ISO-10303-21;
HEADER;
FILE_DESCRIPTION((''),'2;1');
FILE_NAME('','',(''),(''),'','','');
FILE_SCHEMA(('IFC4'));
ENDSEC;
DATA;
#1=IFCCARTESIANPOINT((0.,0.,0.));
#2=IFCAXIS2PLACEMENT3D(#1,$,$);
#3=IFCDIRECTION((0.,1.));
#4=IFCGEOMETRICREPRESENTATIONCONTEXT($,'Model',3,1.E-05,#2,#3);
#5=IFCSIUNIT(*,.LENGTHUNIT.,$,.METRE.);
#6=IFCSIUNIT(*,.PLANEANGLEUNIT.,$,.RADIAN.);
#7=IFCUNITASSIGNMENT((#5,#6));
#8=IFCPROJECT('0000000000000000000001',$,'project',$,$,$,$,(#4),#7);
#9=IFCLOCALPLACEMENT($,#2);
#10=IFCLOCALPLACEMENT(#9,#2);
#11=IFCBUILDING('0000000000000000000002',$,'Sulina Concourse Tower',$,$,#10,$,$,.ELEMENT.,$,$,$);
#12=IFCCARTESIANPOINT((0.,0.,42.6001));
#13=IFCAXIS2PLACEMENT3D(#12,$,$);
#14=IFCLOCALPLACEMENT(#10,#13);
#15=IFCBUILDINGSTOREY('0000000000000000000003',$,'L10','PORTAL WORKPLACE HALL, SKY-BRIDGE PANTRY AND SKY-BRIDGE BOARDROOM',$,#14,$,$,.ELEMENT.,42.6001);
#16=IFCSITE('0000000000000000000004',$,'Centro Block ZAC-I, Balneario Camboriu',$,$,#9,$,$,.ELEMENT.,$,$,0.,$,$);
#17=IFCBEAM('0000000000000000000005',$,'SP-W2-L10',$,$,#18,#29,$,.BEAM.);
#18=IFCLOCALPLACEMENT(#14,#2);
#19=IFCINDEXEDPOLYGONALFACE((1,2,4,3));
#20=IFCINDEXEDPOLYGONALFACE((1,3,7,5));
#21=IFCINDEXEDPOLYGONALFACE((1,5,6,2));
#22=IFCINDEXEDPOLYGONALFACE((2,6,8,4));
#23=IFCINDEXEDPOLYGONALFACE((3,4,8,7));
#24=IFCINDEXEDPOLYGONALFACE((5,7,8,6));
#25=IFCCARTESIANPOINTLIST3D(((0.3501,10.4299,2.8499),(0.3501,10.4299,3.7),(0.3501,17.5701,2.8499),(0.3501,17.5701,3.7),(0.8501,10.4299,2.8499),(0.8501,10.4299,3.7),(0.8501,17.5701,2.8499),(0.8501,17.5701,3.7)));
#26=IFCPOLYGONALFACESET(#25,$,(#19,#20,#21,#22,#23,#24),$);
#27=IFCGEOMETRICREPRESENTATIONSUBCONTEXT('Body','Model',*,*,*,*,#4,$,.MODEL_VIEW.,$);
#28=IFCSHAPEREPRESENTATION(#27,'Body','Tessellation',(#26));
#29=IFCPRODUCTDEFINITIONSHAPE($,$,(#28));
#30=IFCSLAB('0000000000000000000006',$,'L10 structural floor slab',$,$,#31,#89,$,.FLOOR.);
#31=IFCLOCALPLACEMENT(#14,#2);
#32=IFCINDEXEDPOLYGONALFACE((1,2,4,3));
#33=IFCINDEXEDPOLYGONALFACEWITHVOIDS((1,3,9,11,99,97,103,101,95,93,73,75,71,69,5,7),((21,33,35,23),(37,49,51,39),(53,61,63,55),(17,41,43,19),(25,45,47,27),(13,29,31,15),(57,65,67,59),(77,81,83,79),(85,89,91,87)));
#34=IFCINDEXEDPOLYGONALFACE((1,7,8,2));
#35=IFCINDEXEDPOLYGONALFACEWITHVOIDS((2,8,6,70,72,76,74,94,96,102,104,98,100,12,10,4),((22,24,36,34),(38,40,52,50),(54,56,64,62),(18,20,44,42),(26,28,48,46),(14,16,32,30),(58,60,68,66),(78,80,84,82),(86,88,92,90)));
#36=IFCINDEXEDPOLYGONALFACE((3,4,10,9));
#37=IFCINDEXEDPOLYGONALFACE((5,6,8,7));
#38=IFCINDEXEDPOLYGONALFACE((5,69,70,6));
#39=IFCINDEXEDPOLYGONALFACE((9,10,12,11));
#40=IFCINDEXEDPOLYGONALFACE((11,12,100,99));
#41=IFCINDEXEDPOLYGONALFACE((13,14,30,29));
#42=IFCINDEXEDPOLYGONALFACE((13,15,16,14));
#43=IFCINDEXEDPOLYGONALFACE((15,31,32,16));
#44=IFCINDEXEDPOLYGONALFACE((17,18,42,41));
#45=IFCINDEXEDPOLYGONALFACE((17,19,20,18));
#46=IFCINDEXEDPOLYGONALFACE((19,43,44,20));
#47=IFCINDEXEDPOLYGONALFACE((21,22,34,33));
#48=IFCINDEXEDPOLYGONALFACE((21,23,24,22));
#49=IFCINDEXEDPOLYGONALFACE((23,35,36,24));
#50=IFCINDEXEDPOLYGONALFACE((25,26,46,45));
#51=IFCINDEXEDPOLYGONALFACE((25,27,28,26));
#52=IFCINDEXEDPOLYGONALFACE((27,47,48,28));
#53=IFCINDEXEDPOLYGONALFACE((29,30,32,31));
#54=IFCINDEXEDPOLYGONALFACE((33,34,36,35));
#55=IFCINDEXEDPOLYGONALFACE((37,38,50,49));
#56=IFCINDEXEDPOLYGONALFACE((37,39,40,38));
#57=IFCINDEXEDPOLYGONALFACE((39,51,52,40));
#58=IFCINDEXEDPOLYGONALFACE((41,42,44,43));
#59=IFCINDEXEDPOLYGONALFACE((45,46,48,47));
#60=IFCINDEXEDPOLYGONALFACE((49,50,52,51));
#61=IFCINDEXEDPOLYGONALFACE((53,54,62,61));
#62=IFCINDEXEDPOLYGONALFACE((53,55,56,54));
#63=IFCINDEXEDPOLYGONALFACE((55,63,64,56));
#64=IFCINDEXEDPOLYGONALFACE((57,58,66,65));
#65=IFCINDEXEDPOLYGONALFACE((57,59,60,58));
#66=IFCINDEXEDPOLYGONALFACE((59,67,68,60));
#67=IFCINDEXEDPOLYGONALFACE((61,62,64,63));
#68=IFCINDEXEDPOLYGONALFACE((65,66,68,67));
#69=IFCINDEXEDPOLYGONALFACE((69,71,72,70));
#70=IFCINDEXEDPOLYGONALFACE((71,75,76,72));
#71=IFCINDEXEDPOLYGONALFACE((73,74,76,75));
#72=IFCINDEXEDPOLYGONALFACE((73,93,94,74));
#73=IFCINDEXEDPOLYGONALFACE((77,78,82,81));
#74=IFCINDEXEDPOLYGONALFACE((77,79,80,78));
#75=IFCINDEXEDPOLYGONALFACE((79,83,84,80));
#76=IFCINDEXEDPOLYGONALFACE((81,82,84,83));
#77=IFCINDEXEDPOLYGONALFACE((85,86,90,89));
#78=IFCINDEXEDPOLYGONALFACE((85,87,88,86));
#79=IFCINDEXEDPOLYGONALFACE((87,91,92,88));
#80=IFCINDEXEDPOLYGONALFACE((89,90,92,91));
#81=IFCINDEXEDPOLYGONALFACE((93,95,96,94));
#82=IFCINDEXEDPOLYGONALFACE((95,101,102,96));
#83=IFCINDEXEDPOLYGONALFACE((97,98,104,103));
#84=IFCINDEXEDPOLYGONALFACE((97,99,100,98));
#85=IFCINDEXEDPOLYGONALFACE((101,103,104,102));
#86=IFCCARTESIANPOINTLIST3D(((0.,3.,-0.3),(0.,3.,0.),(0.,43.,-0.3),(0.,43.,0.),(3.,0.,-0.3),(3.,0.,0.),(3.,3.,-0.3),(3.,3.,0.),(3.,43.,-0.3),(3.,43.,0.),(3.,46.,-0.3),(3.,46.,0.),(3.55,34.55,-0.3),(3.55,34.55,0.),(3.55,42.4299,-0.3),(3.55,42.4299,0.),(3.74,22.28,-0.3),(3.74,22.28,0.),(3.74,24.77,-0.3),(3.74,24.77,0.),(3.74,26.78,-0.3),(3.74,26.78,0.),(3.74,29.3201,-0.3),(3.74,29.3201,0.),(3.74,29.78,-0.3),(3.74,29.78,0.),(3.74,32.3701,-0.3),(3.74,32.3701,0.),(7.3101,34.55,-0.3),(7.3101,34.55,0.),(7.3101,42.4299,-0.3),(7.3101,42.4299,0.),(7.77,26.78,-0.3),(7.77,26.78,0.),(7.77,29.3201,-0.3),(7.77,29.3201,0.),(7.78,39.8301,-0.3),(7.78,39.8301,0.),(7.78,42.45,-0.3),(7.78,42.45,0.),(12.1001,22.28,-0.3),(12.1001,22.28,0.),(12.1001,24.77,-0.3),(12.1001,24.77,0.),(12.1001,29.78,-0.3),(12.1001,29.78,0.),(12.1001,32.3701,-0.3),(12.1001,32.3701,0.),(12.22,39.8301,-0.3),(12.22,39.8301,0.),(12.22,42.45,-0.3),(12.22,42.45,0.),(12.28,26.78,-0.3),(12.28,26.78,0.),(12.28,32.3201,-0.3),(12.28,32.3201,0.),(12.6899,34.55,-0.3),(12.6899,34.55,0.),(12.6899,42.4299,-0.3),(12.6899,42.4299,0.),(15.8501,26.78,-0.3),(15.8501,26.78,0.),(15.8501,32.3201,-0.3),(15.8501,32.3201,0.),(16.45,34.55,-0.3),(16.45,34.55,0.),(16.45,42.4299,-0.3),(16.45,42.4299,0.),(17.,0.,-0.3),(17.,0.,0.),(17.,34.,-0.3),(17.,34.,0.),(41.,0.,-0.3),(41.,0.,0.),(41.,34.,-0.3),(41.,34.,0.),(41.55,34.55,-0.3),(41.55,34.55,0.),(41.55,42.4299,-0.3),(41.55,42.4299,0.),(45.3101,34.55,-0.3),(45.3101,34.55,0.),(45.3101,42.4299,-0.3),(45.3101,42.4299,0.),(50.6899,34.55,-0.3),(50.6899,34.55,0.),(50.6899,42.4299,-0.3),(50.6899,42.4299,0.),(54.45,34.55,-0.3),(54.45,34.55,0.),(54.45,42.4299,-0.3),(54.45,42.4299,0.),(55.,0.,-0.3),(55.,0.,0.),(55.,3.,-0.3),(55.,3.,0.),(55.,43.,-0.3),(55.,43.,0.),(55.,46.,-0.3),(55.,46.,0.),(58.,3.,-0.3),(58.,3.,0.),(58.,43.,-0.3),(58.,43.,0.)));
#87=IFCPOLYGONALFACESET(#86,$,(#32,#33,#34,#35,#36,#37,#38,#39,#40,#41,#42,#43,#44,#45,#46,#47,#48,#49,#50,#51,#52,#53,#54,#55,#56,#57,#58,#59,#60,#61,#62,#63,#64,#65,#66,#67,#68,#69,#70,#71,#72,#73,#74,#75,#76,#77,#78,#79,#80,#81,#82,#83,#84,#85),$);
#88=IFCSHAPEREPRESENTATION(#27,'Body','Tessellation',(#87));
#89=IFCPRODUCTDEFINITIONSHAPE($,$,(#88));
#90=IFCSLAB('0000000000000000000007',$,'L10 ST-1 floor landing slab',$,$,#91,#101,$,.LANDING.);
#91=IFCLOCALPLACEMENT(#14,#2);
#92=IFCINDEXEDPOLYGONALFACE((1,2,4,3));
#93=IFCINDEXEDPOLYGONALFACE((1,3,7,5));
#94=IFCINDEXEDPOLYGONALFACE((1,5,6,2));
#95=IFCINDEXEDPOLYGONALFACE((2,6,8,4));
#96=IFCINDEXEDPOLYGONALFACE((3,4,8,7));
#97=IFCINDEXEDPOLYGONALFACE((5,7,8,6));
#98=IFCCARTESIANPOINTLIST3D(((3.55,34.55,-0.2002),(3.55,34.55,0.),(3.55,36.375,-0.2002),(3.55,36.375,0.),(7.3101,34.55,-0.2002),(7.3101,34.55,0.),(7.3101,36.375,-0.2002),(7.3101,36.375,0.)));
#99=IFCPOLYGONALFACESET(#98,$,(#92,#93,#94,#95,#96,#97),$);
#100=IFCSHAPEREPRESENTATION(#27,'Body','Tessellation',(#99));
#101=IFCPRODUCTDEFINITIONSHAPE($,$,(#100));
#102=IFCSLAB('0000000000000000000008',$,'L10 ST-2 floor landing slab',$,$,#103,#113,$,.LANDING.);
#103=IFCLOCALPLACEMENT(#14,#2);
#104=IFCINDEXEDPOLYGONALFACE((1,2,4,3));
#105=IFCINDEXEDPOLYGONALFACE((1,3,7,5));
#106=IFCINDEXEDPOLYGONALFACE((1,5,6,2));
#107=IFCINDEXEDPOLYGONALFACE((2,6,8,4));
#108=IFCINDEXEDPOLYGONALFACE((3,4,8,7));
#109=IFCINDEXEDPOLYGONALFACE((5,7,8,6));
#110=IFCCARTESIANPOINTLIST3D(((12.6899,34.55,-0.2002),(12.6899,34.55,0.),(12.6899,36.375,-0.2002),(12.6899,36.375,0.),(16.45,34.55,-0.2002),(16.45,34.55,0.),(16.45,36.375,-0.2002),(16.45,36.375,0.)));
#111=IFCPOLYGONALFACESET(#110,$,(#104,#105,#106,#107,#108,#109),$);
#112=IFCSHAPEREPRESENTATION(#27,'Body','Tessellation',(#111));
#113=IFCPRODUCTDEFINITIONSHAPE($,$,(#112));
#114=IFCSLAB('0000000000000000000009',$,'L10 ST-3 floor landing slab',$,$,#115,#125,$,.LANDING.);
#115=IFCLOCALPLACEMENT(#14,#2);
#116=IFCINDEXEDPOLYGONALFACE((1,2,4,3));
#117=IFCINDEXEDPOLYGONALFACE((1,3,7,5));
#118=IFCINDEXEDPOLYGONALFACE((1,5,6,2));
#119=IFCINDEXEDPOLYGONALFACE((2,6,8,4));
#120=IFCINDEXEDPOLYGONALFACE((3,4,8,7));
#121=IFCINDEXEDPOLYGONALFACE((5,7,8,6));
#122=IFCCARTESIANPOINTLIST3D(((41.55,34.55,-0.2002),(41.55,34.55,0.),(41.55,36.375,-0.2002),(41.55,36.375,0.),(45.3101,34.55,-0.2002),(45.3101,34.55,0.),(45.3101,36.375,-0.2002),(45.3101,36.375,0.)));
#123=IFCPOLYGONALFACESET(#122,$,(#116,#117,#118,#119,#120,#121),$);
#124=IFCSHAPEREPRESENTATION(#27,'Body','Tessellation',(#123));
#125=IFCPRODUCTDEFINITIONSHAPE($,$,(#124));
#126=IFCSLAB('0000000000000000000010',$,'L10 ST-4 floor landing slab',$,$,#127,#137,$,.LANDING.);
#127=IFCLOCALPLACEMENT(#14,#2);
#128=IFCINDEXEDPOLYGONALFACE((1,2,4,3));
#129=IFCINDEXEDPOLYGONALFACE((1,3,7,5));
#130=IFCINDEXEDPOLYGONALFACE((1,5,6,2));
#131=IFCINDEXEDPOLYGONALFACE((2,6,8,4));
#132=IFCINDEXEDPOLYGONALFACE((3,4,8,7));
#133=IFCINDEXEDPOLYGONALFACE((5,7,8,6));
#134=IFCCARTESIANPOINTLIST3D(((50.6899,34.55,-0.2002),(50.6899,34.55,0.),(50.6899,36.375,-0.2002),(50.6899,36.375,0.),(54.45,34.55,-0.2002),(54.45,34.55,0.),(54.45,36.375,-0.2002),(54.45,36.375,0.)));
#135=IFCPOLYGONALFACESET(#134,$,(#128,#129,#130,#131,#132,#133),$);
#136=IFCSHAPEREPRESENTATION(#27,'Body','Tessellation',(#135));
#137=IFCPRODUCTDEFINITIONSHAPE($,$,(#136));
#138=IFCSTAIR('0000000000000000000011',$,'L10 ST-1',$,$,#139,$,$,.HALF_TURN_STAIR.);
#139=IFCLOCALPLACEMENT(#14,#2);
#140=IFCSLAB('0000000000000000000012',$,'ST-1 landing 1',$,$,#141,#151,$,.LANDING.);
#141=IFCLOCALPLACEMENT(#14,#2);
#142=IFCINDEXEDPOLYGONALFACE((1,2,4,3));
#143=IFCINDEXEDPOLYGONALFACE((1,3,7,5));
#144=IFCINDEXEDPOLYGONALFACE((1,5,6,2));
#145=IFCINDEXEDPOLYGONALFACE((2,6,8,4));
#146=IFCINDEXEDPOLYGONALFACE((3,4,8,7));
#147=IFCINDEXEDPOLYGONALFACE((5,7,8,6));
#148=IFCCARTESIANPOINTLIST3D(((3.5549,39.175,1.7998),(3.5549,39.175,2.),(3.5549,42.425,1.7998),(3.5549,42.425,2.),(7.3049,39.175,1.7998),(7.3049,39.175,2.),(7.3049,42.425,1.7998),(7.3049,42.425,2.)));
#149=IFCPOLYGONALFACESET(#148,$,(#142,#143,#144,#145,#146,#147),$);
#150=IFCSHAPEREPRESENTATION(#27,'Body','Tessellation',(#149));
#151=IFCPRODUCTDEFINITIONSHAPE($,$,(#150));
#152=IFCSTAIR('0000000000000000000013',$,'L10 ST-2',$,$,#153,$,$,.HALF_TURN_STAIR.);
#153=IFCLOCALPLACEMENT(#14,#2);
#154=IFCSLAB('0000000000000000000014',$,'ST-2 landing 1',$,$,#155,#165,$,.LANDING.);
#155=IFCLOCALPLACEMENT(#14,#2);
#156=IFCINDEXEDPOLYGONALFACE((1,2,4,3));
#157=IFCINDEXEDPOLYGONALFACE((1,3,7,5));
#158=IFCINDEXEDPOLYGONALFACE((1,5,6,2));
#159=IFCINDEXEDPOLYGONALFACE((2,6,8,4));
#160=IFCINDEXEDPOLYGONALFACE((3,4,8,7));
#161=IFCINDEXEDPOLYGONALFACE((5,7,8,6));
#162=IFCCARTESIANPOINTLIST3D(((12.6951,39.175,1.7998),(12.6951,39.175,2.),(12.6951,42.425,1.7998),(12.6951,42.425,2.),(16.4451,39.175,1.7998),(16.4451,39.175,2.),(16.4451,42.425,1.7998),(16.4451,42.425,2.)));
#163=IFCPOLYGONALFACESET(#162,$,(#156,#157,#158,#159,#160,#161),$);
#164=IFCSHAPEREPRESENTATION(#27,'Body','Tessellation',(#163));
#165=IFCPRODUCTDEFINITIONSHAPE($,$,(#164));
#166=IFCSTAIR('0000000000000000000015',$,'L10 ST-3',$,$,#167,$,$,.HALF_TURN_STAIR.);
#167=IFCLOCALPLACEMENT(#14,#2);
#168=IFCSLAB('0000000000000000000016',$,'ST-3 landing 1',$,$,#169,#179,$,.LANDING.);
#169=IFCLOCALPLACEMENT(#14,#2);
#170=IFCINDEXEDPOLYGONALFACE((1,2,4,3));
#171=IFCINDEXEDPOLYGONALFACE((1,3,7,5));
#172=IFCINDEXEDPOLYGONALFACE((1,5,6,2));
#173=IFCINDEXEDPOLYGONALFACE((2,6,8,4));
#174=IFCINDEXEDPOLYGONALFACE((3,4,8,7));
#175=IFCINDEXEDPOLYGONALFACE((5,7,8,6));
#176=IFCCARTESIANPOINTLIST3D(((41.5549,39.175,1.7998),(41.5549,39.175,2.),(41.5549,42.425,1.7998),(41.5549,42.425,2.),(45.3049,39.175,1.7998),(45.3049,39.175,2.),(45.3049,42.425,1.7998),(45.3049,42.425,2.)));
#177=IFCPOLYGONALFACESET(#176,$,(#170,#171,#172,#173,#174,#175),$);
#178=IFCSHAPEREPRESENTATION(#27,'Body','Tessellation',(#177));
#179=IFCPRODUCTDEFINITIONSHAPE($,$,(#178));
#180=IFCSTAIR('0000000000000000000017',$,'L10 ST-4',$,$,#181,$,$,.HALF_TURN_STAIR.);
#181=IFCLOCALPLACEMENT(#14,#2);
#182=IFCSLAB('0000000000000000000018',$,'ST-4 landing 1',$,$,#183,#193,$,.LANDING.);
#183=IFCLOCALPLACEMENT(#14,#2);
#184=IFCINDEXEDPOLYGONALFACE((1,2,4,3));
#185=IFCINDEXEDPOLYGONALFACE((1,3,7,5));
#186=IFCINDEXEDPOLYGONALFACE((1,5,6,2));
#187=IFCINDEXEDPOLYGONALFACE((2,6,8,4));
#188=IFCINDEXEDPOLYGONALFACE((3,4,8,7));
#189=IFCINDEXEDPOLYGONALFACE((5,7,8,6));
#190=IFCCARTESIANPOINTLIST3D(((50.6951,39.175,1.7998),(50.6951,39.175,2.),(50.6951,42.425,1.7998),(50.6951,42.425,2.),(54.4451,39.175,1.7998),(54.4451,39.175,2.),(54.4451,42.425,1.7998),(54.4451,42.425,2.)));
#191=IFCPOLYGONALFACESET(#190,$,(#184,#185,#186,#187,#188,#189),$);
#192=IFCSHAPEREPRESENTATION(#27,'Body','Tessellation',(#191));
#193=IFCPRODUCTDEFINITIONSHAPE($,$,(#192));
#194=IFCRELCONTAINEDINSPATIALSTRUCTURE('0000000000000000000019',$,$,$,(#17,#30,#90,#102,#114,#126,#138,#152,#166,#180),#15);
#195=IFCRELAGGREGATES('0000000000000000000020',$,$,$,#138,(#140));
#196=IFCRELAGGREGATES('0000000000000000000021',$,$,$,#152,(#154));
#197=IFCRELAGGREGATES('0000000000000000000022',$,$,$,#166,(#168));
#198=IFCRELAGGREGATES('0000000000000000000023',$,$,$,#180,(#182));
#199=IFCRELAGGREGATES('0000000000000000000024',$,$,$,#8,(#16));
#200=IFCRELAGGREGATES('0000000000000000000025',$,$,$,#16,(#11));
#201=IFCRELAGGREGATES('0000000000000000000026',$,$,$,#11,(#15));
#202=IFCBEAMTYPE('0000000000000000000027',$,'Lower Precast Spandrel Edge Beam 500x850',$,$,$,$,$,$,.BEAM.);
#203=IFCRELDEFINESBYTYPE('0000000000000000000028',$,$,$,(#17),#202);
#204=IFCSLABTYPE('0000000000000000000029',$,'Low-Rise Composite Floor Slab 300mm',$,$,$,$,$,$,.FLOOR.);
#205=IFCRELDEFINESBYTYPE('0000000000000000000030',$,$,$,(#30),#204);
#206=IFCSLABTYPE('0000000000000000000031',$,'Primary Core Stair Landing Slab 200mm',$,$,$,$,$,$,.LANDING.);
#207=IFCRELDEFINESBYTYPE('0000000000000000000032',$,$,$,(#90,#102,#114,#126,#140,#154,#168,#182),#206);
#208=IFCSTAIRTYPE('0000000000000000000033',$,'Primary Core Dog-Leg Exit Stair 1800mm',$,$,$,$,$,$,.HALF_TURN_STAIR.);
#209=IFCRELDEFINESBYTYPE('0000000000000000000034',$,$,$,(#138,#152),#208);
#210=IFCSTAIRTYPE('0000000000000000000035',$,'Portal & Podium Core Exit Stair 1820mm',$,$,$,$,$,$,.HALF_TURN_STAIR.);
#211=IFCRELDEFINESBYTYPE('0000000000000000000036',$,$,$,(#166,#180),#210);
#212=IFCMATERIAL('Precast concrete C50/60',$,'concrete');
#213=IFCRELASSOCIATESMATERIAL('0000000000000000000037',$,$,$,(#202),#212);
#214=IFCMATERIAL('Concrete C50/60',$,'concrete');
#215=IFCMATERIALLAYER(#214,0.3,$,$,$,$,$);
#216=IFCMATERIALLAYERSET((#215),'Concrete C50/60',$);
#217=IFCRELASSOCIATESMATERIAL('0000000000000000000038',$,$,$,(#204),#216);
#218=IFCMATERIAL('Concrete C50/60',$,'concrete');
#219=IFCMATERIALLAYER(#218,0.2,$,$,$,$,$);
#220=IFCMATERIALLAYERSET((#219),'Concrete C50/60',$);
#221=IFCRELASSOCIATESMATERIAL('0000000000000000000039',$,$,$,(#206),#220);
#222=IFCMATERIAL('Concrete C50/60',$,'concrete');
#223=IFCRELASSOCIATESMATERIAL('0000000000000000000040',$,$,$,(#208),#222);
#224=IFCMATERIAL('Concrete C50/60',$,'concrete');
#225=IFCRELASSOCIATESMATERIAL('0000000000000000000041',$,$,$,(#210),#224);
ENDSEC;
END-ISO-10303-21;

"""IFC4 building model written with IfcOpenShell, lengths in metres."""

from ifc_helpers import new_model, si_unit, direction, frame, origin, origin_2d, place, context, subcontext, project, spatial, polyline, rectangle, outline, extrude, material, layer, layer_set, material_profile, profile_set, type_object, element, aggregate, save


model = new_model("IFC4")

# Units and contexts
model_context = context("Model", 3, precision=1e-05, world=origin(), true_north=direction((0.0, 1.0)))
body_context = subcontext(model_context, "Body", "Model", "MODEL_VIEW")
ifc_project = project(units=[si_unit("LENGTHUNIT", "METRE"), si_unit("PLANEANGLEUNIT", "RADIAN")], contexts=[model_context])

# Site, building, storey
site_placement = place(None, origin())
site = spatial("IfcSite", under=ifc_project, at=site_placement, Name="Centro Block ZAC-I, Balneario Camboriu", CompositionType="ELEMENT", RefElevation=0.0)
building_placement = place(site_placement, origin())
building = spatial("IfcBuilding", under=site, at=building_placement, Name="Sulina Concourse Tower", CompositionType="ELEMENT")
storey_placement = place(building_placement, frame((0.0, 0.0, 42.6001)))
storey = spatial("IfcBuildingStorey", under=building, at=storey_placement, Name="L10", Description="PORTAL WORKPLACE HALL, SKY-BRIDGE PANTRY AND SKY-BRIDGE BOARDROOM", CompositionType="ELEMENT", Elevation=42.6001)

# Beam
ifc_material_1 = material(Name="Precast concrete C50/60", Category="concrete")
ifc_material_profile_1 = material_profile(ifc_material_1, rectangle(XDim=0.5, YDim=0.8501, at=origin_2d()), Name="RC 500x850")
ifc_profile_set_1 = profile_set([ifc_material_profile_1], Name="Precast concrete C50/60")
beam_type_1 = type_object("IfcBeamType", Name="Lower Precast Spandrel Edge Beam 500x850", PredefinedType="BEAM", material=ifc_profile_set_1)
beam_1_placement = place(storey_placement, frame((0.6001, 10.4299, 3.2749), z_axis=(0.0, 1.0, 0.0), x_axis=(-1.0, 0.0, 0.0)))
element("IfcBeam", 1, at=beam_1_placement, inside=storey, type_object=beam_type_1, Name="SP-W2-L10", PredefinedType="BEAM", context=body_context, shape_type="SweptSolid", body=[
    extrude(rectangle(XDim=0.5, YDim=0.8501, at=origin_2d()), origin(), (0.0, 0.0, 1.0), 7.1401),
])

# Slabs
ifc_material_2 = material(Name="Concrete C50/60", Category="concrete")
ifc_layer_1 = layer(ifc_material_2, 0.3)
ifc_layer_set_1 = layer_set([ifc_layer_1], Name="Concrete C50/60")
slab_type_1 = type_object("IfcSlabType", Name="Low-Rise Composite Floor Slab 300mm", PredefinedType="FLOOR", material=ifc_layer_set_1)
slab_1_placement = place(storey_placement, frame((0.0, 0.0, -0.3)))
element("IfcSlab", 2, at=slab_1_placement, inside=storey, type_object=slab_type_1, Name="L10 structural floor slab", PredefinedType="FLOOR", context=body_context, shape_type="SweptSolid", body=[
    extrude(outline(polyline([(3.0, 0.0), (17.0, 0.0), (17.0, 34.0), (41.0, 34.0), (41.0, 0.0), (55.0, 0.0), (55.0, 3.0), (58.0, 3.0), (58.0, 43.0), (55.0, 43.0), (55.0, 46.0), (3.0, 46.0), (3.0, 43.0), (0.0, 43.0), (0.0, 3.0), (3.0, 3.0), (3.0, 0.0)]), holes=[polyline([(7.3101, 34.55), (7.3101, 42.4299), (3.55, 42.4299), (3.55, 34.55), (7.3101, 34.55)]), polyline([(16.45, 34.55), (16.45, 42.4299), (12.6899, 42.4299), (12.6899, 34.55), (16.45, 34.55)]), polyline([(45.3101, 34.55), (45.3101, 42.4299), (41.55, 42.4299), (41.55, 34.55), (45.3101, 34.55)]), polyline([(54.45, 34.55), (54.45, 42.4299), (50.6899, 42.4299), (50.6899, 34.55), (54.45, 34.55)]), polyline([(7.78, 39.8301), (12.22, 39.8301), (12.22, 42.45), (7.78, 42.45), (7.78, 39.8301)]), polyline([(3.74, 26.78), (7.77, 26.78), (7.77, 29.3201), (3.74, 29.3201), (3.74, 26.78)]), polyline([(3.74, 29.78), (12.1001, 29.78), (12.1001, 32.3701), (3.74, 32.3701), (3.74, 29.78)]), polyline([(3.74, 22.28), (12.1001, 22.28), (12.1001, 24.77), (3.74, 24.77), (3.74, 22.28)]), polyline([(12.28, 26.78), (15.8501, 26.78), (15.8501, 32.3201), (12.28, 32.3201), (12.28, 26.78)])]), origin(), (0.0, 0.0, 1.0), 0.3),
])
ifc_material_3 = material(Name="Concrete C50/60", Category="concrete")
ifc_layer_2 = layer(ifc_material_3, 0.2)
ifc_layer_set_2 = layer_set([ifc_layer_2], Name="Concrete C50/60")
slab_type_2 = type_object("IfcSlabType", Name="Primary Core Stair Landing Slab 200mm", PredefinedType="LANDING", material=ifc_layer_set_2)
slab_2_placement = place(storey_placement, frame((0.0, 0.0, -0.2002)))
element("IfcSlab", 3, at=slab_2_placement, inside=storey, type_object=slab_type_2, Name="L10 ST-1 floor landing slab", PredefinedType="LANDING", context=body_context, shape_type="SweptSolid", body=[
    extrude(outline(polyline([(7.3101, 34.55), (7.3101, 36.375), (3.55, 36.375), (3.55, 34.55), (7.3101, 34.55)])), origin(), (0.0, 0.0, 1.0), 0.2002),
])
slab_3_placement = place(storey_placement, frame((0.0, 0.0, -0.2002)))
element("IfcSlab", 4, at=slab_3_placement, inside=storey, type_object=slab_type_2, Name="L10 ST-2 floor landing slab", PredefinedType="LANDING", context=body_context, shape_type="SweptSolid", body=[
    extrude(outline(polyline([(16.45, 34.55), (16.45, 36.375), (12.6899, 36.375), (12.6899, 34.55), (16.45, 34.55)])), origin(), (0.0, 0.0, 1.0), 0.2002),
])
slab_4_placement = place(storey_placement, frame((0.0, 0.0, -0.2002)))
element("IfcSlab", 5, at=slab_4_placement, inside=storey, type_object=slab_type_2, Name="L10 ST-3 floor landing slab", PredefinedType="LANDING", context=body_context, shape_type="SweptSolid", body=[
    extrude(outline(polyline([(45.3101, 34.55), (45.3101, 36.375), (41.55, 36.375), (41.55, 34.55), (45.3101, 34.55)])), origin(), (0.0, 0.0, 1.0), 0.2002),
])
slab_5_placement = place(storey_placement, frame((0.0, 0.0, -0.2002)))
element("IfcSlab", 6, at=slab_5_placement, inside=storey, type_object=slab_type_2, Name="L10 ST-4 floor landing slab", PredefinedType="LANDING", context=body_context, shape_type="SweptSolid", body=[
    extrude(outline(polyline([(54.45, 34.55), (54.45, 36.375), (50.6899, 36.375), (50.6899, 34.55), (54.45, 34.55)])), origin(), (0.0, 0.0, 1.0), 0.2002),
])

# Stairs, slabs
ifc_material_4 = material(Name="Concrete C50/60", Category="concrete")
stair_type_1 = type_object("IfcStairType", Name="Primary Core Dog-Leg Exit Stair 1800mm", PredefinedType="HALF_TURN_STAIR", material=ifc_material_4)
stair_1_placement = place(storey_placement, origin())
stair_1 = element("IfcStair", 7, at=stair_1_placement, inside=storey, type_object=stair_type_1, Name="L10 ST-1", PredefinedType="HALF_TURN_STAIR")
slab_6_placement = place(storey_placement, frame((0.0, 0.0, 1.7998)))
slab_6 = element("IfcSlab", 8, at=slab_6_placement, type_object=slab_type_2, Name="ST-1 landing 1", PredefinedType="LANDING", context=body_context, shape_type="SweptSolid", body=[
    extrude(outline(polyline([(7.3049, 39.175), (7.3049, 42.425), (3.5549, 42.425), (3.5549, 39.175), (7.3049, 39.175)])), origin(), (0.0, 0.0, 1.0), 0.2002),
])
aggregate(stair_1, [slab_6])
stair_2_placement = place(storey_placement, origin())
stair_2 = element("IfcStair", 9, at=stair_2_placement, inside=storey, type_object=stair_type_1, Name="L10 ST-2", PredefinedType="HALF_TURN_STAIR")
slab_7_placement = place(storey_placement, frame((0.0, 0.0, 1.7998)))
slab_7 = element("IfcSlab", 10, at=slab_7_placement, type_object=slab_type_2, Name="ST-2 landing 1", PredefinedType="LANDING", context=body_context, shape_type="SweptSolid", body=[
    extrude(outline(polyline([(16.4451, 39.175), (16.4451, 42.425), (12.6951, 42.425), (12.6951, 39.175), (16.4451, 39.175)])), origin(), (0.0, 0.0, 1.0), 0.2002),
])
aggregate(stair_2, [slab_7])
ifc_material_5 = material(Name="Concrete C50/60", Category="concrete")
stair_type_2 = type_object("IfcStairType", Name="Portal & Podium Core Exit Stair 1820mm", PredefinedType="HALF_TURN_STAIR", material=ifc_material_5)
stair_3_placement = place(storey_placement, origin())
stair_3 = element("IfcStair", 11, at=stair_3_placement, inside=storey, type_object=stair_type_2, Name="L10 ST-3", PredefinedType="HALF_TURN_STAIR")
slab_8_placement = place(storey_placement, frame((0.0, 0.0, 1.7998)))
slab_8 = element("IfcSlab", 12, at=slab_8_placement, type_object=slab_type_2, Name="ST-3 landing 1", PredefinedType="LANDING", context=body_context, shape_type="SweptSolid", body=[
    extrude(outline(polyline([(45.3049, 39.175), (45.3049, 42.425), (41.5549, 42.425), (41.5549, 39.175), (45.3049, 39.175)])), origin(), (0.0, 0.0, 1.0), 0.2002),
])
aggregate(stair_3, [slab_8])
stair_4_placement = place(storey_placement, origin())
stair_4 = element("IfcStair", 13, at=stair_4_placement, inside=storey, type_object=stair_type_2, Name="L10 ST-4", PredefinedType="HALF_TURN_STAIR")
slab_9_placement = place(storey_placement, frame((0.0, 0.0, 1.7998)))
slab_9 = element("IfcSlab", 14, at=slab_9_placement, type_object=slab_type_2, Name="ST-4 landing 1", PredefinedType="LANDING", context=body_context, shape_type="SweptSolid", body=[
    extrude(outline(polyline([(54.4451, 39.175), (54.4451, 42.425), (50.6951, 42.425), (50.6951, 39.175), (54.4451, 39.175)])), origin(), (0.0, 0.0, 1.0), 0.2002),
])
aggregate(stair_4, [slab_9])

save(model, "model.ifc")
